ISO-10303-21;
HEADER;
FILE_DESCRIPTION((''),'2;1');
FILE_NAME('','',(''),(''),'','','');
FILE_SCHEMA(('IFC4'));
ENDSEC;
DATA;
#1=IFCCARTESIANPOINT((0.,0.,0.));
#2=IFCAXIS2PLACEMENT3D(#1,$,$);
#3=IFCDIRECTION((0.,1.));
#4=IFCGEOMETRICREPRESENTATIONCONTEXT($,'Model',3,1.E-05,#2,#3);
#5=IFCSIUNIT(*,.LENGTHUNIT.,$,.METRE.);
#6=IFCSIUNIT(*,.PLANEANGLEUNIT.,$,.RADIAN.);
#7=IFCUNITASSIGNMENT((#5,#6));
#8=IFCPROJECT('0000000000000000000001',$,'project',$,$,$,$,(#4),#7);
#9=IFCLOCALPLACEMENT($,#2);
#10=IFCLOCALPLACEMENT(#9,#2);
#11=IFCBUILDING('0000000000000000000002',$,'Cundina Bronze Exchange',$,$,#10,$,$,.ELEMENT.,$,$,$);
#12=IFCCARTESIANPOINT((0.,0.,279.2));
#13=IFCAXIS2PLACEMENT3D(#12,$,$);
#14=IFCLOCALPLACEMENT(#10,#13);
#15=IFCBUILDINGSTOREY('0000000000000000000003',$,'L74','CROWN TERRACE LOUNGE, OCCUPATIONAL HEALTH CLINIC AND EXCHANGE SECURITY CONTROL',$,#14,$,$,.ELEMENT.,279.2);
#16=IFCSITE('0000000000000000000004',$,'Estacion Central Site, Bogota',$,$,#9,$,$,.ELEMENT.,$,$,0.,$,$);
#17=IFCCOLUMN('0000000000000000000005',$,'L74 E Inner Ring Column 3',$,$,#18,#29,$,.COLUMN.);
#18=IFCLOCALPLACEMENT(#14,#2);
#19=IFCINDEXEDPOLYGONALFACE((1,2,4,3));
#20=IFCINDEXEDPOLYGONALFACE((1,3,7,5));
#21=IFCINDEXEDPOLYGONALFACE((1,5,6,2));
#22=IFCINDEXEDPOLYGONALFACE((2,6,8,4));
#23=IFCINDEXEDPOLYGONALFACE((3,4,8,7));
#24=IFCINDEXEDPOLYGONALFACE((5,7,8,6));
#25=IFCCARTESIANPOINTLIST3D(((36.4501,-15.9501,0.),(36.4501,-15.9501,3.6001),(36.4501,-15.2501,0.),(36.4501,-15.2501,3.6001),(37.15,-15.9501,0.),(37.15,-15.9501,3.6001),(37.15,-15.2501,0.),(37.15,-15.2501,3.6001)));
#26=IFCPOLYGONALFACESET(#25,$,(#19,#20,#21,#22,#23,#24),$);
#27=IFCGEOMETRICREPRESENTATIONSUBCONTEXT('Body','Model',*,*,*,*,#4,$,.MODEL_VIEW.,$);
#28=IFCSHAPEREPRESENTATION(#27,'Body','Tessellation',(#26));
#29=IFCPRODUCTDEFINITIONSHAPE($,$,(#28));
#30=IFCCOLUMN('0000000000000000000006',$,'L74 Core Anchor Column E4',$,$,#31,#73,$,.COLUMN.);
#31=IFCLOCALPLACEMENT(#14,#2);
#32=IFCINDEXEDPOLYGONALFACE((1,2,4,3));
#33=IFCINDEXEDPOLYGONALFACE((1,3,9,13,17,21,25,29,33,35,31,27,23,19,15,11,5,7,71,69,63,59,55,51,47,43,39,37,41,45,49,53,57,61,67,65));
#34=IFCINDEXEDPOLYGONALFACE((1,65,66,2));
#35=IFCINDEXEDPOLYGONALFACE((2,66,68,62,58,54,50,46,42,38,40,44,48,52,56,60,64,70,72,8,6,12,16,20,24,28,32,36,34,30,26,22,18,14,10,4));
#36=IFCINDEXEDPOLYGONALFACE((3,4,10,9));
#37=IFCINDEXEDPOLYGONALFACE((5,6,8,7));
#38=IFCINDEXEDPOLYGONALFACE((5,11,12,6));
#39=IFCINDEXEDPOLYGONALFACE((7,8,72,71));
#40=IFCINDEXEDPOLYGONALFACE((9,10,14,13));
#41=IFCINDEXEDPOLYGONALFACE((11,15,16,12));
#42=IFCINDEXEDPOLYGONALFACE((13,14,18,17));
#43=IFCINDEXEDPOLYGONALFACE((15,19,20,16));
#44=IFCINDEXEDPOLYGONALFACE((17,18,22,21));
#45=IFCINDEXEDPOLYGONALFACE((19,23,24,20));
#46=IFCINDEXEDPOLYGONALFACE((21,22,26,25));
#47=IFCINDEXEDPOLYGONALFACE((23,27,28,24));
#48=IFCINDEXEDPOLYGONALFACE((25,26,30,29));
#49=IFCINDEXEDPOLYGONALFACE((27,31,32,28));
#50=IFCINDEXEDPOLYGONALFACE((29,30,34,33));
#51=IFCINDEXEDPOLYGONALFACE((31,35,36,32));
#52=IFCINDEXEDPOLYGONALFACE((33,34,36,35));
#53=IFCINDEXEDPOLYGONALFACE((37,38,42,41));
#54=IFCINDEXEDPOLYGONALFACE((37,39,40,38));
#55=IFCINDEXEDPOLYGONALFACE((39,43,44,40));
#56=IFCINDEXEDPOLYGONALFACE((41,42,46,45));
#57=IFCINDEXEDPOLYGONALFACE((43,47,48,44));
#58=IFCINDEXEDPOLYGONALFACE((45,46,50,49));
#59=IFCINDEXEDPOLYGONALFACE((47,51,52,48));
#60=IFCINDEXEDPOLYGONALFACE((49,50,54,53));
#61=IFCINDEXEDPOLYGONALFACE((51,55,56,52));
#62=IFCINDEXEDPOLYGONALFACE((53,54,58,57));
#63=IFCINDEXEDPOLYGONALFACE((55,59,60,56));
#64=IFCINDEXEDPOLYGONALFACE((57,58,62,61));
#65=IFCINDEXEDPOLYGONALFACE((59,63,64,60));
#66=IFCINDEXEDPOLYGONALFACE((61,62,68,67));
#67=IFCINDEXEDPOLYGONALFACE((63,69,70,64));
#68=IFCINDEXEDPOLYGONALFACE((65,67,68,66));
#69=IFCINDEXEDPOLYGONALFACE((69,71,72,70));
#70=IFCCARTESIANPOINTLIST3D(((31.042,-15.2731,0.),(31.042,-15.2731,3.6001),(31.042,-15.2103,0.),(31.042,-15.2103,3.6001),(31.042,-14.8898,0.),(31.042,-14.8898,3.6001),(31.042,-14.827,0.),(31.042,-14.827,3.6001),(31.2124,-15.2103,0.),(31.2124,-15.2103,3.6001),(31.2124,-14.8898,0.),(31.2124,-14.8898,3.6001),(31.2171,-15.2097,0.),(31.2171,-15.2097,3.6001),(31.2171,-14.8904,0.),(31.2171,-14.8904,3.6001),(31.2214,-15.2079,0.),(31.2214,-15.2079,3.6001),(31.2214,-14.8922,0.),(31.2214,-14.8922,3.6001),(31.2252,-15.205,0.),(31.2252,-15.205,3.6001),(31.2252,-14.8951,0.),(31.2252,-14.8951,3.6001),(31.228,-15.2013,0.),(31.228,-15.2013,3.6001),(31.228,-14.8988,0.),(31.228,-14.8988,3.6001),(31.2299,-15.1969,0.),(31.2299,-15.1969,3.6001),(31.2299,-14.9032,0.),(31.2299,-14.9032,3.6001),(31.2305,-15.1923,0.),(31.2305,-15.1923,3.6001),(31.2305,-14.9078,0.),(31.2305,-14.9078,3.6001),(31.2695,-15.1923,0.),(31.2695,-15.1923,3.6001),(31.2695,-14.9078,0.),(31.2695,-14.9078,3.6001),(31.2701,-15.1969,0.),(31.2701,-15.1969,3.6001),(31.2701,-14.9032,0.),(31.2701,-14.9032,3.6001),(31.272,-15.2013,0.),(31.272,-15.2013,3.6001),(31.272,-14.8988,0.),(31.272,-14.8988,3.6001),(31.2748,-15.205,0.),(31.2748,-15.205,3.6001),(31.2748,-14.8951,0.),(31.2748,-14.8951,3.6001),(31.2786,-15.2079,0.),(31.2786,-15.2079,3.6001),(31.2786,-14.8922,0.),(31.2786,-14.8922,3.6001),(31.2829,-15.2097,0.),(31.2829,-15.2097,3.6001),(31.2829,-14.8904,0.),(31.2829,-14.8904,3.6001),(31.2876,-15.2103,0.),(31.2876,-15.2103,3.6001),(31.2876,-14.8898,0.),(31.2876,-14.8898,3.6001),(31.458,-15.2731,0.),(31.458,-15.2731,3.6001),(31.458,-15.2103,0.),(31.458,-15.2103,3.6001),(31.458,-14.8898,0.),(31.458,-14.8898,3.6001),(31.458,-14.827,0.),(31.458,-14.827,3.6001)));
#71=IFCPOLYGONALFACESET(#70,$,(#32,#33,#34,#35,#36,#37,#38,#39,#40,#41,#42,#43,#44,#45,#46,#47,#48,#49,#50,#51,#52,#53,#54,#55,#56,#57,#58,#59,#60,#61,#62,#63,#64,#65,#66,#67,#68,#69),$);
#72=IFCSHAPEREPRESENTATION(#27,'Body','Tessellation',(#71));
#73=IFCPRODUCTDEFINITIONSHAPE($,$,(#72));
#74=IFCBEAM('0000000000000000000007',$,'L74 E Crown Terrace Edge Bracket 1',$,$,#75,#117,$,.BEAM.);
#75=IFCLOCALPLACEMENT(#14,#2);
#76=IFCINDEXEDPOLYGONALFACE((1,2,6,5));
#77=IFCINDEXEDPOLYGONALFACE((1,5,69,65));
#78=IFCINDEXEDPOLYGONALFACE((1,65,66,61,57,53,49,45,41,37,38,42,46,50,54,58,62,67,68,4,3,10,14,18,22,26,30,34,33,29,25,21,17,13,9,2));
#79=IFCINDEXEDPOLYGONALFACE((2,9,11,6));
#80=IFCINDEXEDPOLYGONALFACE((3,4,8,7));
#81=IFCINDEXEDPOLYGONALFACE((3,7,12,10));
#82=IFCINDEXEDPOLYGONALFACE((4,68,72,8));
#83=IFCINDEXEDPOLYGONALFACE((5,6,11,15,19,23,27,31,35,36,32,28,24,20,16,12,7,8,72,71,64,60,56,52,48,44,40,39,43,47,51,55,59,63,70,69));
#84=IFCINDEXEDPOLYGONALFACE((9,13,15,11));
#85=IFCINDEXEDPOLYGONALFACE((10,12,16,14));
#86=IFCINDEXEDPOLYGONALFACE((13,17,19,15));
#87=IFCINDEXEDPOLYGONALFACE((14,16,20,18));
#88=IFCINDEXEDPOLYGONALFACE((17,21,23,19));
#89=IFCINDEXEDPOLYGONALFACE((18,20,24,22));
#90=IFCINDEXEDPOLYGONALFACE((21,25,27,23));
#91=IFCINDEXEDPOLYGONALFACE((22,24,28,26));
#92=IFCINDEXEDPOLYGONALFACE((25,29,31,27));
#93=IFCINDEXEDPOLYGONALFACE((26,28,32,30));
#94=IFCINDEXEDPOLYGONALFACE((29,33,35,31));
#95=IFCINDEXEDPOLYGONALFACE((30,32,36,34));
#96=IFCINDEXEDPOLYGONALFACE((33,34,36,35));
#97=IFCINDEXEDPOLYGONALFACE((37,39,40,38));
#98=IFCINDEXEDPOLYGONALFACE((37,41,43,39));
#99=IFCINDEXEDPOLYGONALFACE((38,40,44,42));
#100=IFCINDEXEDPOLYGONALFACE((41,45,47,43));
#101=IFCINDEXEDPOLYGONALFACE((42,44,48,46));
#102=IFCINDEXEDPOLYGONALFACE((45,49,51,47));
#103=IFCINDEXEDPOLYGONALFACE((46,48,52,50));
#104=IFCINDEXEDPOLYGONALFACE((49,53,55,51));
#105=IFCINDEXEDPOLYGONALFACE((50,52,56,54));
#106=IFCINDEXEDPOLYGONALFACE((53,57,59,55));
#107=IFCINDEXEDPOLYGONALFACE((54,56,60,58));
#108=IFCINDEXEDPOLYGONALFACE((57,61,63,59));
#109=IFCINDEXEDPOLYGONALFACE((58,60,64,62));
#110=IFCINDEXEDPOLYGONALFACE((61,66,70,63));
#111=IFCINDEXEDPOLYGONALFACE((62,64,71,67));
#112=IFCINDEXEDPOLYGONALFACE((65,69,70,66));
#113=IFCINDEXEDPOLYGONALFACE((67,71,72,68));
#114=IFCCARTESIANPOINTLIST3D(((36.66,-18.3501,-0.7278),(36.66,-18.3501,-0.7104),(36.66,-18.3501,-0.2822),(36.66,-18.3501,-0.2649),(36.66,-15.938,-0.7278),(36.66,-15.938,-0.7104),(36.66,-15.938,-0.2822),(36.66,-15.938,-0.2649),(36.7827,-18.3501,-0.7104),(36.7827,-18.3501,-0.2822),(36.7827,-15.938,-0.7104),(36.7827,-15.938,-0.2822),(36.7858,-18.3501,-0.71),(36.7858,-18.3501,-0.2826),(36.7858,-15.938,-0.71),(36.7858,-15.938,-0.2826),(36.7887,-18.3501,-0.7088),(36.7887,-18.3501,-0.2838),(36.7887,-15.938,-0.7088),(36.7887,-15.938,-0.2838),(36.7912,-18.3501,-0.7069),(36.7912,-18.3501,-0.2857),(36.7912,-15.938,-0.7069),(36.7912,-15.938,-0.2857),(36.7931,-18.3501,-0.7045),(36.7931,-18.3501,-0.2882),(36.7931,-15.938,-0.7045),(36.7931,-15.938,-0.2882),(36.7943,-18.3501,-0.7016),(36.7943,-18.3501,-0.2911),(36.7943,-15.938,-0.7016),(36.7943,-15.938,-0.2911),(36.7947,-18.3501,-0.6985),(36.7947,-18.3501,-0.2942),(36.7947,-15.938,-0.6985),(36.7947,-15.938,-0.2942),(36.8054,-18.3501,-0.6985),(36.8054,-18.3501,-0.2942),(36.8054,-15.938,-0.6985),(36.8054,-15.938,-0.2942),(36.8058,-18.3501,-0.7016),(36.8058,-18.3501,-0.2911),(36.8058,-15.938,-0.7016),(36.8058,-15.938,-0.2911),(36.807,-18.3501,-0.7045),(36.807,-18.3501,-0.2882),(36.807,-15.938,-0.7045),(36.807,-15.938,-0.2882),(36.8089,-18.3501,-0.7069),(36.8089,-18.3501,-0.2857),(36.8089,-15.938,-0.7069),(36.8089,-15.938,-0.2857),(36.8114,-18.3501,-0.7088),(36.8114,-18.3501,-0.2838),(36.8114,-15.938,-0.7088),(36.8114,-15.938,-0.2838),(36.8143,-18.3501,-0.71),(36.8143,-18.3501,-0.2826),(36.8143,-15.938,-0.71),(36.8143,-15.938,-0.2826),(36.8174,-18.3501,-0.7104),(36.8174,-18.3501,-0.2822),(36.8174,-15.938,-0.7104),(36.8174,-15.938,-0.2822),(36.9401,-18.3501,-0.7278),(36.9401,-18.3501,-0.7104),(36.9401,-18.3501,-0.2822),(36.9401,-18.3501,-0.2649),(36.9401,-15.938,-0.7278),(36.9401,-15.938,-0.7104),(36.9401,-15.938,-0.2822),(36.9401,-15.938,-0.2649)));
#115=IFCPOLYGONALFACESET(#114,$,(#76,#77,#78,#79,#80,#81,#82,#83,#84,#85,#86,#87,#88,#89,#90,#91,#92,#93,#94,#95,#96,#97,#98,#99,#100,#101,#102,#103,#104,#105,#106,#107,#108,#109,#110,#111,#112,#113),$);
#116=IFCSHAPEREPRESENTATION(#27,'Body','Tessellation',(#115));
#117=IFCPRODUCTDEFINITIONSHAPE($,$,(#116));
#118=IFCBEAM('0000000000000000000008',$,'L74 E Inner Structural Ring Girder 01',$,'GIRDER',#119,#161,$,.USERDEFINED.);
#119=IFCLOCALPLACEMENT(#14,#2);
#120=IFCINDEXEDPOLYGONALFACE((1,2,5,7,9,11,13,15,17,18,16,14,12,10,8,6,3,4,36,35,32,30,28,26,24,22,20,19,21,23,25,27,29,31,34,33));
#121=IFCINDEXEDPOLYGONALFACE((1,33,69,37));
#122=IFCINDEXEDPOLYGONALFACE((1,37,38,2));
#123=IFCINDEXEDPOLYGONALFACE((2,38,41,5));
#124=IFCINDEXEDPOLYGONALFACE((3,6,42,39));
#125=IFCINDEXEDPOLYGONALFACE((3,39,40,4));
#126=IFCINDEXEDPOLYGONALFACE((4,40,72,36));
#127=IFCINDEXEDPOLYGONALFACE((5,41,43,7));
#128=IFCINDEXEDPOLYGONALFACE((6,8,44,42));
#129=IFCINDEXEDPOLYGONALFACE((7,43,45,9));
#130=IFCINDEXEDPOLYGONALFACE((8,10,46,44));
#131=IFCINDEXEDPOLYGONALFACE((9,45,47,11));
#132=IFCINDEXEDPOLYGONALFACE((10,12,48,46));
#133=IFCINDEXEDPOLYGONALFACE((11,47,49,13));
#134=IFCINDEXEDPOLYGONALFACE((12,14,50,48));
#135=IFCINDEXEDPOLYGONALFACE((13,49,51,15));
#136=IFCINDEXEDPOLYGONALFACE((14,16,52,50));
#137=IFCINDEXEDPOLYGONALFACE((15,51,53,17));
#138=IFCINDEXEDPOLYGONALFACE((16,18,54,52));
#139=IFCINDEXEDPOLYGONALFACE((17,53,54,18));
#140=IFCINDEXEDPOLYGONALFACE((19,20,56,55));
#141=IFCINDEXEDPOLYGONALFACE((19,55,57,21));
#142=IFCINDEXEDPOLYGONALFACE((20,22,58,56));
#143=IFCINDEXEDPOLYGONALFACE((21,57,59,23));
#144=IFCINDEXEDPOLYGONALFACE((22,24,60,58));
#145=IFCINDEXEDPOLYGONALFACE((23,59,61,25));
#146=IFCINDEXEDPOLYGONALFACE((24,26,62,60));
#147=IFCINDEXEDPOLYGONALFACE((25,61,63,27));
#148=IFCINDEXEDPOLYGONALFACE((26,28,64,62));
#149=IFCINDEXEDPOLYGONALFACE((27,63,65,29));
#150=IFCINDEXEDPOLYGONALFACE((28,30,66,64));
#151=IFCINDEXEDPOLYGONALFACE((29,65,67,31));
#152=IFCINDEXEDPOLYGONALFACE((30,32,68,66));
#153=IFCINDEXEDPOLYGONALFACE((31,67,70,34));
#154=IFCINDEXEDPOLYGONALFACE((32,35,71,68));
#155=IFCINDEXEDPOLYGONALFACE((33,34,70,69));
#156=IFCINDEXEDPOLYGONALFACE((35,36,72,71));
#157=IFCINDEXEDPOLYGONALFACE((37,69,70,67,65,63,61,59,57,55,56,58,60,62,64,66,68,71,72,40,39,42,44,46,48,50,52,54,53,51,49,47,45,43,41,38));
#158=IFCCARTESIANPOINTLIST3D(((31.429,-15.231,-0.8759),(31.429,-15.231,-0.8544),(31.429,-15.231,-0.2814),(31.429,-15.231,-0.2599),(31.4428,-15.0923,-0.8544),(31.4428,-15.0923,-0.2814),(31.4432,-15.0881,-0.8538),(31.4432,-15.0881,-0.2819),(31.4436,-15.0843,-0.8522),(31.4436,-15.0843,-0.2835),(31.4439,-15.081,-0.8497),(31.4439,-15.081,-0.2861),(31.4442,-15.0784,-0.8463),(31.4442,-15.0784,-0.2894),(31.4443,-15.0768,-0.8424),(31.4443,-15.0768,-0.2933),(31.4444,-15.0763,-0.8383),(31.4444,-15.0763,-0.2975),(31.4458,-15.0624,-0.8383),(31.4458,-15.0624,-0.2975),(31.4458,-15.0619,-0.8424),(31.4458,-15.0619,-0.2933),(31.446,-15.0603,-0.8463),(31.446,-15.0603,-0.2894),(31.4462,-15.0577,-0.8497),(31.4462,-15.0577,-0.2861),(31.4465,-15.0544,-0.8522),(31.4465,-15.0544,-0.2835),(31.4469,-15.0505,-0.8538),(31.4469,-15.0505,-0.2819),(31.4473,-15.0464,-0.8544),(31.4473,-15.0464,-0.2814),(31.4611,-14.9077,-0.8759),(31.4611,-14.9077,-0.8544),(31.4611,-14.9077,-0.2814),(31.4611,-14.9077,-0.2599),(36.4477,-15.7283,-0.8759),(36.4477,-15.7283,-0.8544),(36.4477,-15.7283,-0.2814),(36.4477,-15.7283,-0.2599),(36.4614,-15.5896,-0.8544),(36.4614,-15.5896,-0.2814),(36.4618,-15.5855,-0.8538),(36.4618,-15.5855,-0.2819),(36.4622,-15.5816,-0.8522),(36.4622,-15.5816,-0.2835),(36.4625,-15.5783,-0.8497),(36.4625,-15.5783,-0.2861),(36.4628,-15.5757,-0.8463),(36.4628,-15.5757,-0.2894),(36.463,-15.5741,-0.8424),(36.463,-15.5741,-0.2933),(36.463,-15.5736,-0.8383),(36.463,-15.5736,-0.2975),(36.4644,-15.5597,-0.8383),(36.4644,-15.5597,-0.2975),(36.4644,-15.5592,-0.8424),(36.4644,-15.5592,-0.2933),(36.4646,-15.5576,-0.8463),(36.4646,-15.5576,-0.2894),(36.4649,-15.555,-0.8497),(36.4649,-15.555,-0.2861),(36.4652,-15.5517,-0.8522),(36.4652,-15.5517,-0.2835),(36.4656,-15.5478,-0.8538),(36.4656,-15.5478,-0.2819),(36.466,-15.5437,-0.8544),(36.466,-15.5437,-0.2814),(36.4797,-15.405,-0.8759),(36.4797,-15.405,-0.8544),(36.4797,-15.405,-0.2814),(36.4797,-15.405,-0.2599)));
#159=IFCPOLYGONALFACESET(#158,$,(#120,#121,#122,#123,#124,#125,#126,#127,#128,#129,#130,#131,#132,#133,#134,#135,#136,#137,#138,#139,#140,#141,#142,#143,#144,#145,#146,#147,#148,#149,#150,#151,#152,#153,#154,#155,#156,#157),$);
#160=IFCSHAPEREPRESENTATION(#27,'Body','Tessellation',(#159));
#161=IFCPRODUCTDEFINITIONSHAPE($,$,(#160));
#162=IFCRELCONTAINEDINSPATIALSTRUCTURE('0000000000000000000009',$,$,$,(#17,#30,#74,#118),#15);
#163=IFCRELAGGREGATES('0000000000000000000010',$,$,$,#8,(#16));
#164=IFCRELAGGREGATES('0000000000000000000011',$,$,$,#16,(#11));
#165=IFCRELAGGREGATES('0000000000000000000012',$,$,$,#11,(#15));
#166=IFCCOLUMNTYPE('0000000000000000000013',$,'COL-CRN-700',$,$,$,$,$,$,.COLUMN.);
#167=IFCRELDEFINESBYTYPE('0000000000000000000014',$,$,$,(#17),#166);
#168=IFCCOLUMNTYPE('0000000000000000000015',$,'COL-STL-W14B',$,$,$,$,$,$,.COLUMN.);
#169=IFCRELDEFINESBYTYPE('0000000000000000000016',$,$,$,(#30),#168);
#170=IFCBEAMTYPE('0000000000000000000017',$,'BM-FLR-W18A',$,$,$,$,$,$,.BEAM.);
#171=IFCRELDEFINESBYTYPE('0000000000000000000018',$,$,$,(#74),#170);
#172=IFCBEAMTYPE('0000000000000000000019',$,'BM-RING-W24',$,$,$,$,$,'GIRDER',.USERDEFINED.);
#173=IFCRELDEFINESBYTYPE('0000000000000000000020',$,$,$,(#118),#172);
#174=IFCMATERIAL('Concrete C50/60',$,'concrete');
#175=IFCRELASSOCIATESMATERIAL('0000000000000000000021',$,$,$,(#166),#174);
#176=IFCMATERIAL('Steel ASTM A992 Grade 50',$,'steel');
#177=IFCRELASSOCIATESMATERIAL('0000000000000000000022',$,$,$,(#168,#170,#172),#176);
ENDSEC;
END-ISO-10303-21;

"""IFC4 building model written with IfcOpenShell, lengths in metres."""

from ifc_helpers import new_model, si_unit, direction, frame, origin, origin_2d, place, context, subcontext, project, spatial, rectangle, i_section, extrude, material, material_profile, profile_set, type_object, element, save


model = new_model("IFC4")

# Units and contexts
model_context = context("Model", 3, precision=1e-05, world=origin(), true_north=direction((0.0, 1.0)))
body_context = subcontext(model_context, "Body", "Model", "MODEL_VIEW")
ifc_project = project(units=[si_unit("LENGTHUNIT", "METRE"), si_unit("PLANEANGLEUNIT", "RADIAN")], contexts=[model_context])

# Site, building, storey
site_placement = place(None, origin())
site = spatial("IfcSite", under=ifc_project, at=site_placement, Name="Estacion Central Site, Bogota", CompositionType="ELEMENT", RefElevation=0.0)
building_placement = place(site_placement, origin())
building = spatial("IfcBuilding", under=site, at=building_placement, Name="Cundina Bronze Exchange", CompositionType="ELEMENT")
storey_placement = place(building_placement, frame((0.0, 0.0, 279.2)))
storey = spatial("IfcBuildingStorey", under=building, at=storey_placement, Name="L74", Description="CROWN TERRACE LOUNGE, OCCUPATIONAL HEALTH CLINIC AND EXCHANGE SECURITY CONTROL", CompositionType="ELEMENT", Elevation=279.2)

# Columns
ifc_material_1 = material(Name="Concrete C50/60", Category="concrete")
ifc_material_profile_1 = material_profile(ifc_material_1, rectangle(XDim=0.7, YDim=0.7, at=origin_2d()), Name="RC700X700", Category="concrete")
ifc_profile_set_1 = profile_set([ifc_material_profile_1], Name="Concrete C50/60")
column_type_1 = type_object("IfcColumnType", Name="COL-CRN-700", PredefinedType="COLUMN", material=ifc_profile_set_1)
column_1_placement = place(storey_placement, frame((36.8, -15.6001, 0.0), z_axis=(0.0, 0.0, 1.0), x_axis=(1.0, 0.0, 0.0)))
element("IfcColumn", 1, at=column_1_placement, inside=storey, type_object=column_type_1, Name="L74 E Inner Ring Column 3", PredefinedType="COLUMN", context=body_context, shape_type="SweptSolid", body=[
    extrude(rectangle(XDim=0.7, YDim=0.7, at=origin_2d()), origin(), (0.0, 0.0, 1.0), 3.6001),
])
ifc_material_2 = material(Name="Steel ASTM A992 Grade 50", Category="steel")
ifc_material_profile_2 = material_profile(ifc_material_2, i_section(OverallWidth=0.416, OverallDepth=0.446, WebThickness=0.0391, FlangeThickness=0.0627, FilletRadius=0.0181, at=origin_2d()), Name="W14X342", Category="steel")
ifc_profile_set_2 = profile_set([ifc_material_profile_2], Name="Steel ASTM A992 Grade 50")
column_type_2 = type_object("IfcColumnType", Name="COL-STL-W14B", PredefinedType="COLUMN", material=ifc_profile_set_2)
column_2_placement = place(storey_placement, frame((31.25, -15.05, 0.0), z_axis=(0.0, 0.0, 1.0), x_axis=(1.0, 0.0, 0.0)))
element("IfcColumn", 2, at=column_2_placement, inside=storey, type_object=column_type_2, Name="L74 Core Anchor Column E4", PredefinedType="COLUMN", context=body_context, shape_type="SweptSolid", body=[
    extrude(i_section(OverallWidth=0.416, OverallDepth=0.446, WebThickness=0.0391, FlangeThickness=0.0627, FilletRadius=0.0181, at=origin_2d()), origin(), (0.0, 0.0, 1.0), 3.6001),
])

# Beams
ifc_material_profile_3 = material_profile(ifc_material_2, i_section(OverallWidth=0.28, OverallDepth=0.4629, WebThickness=0.0107, FlangeThickness=0.0173, FilletRadius=0.012, at=origin_2d()), Name="W18X76", Category="steel")
ifc_profile_set_3 = profile_set([ifc_material_profile_3], Name="Steel ASTM A992 Grade 50")
beam_type_1 = type_object("IfcBeamType", Name="BM-FLR-W18A", PredefinedType="BEAM", material=ifc_profile_set_3)
beam_1_placement = place(storey_placement, frame((36.8, -15.938, -0.4963), z_axis=(0.0, -1.0, 0.0), x_axis=(1.0, 0.0, 0.0)))
element("IfcBeam", 3, at=beam_1_placement, inside=storey, type_object=beam_type_1, Name="L74 E Crown Terrace Edge Bracket 1", PredefinedType="BEAM", context=body_context, shape_type="SweptSolid", body=[
    extrude(i_section(OverallWidth=0.28, OverallDepth=0.4629, WebThickness=0.0107, FlangeThickness=0.0173, FilletRadius=0.012, at=origin_2d()), origin(), (0.0, 0.0, 1.0), 2.4121),
])
ifc_material_profile_4 = material_profile(ifc_material_2, i_section(OverallWidth=0.325, OverallDepth=0.616, WebThickness=0.0139, FlangeThickness=0.0215, FilletRadius=0.0161, at=origin_2d()), Name="W24X117", Category="steel")
ifc_profile_set_4 = profile_set([ifc_material_profile_4], Name="Steel ASTM A992 Grade 50")
beam_type_2 = type_object("IfcBeamType", Name="BM-RING-W24", ElementType="GIRDER", PredefinedType="USERDEFINED", material=ifc_profile_set_4)
beam_2_placement = place(storey_placement, frame((31.4451, -15.0693, -0.5679), z_axis=(0.995126, -0.098612, 0.0), x_axis=(0.098612, 0.995126, 0.0)))
element("IfcBeam", 4, at=beam_2_placement, inside=storey, type_object=beam_type_2, Name="L74 E Inner Structural Ring Girder 01", ObjectType="GIRDER", PredefinedType="USERDEFINED", context=body_context, shape_type="SweptSolid", body=[
    extrude(i_section(OverallWidth=0.325, OverallDepth=0.616, WebThickness=0.0139, FlangeThickness=0.0215, FilletRadius=0.0161, at=origin_2d()), origin(), (0.0, 0.0, 1.0), 5.0432),
])

save(model, "model.ifc")
